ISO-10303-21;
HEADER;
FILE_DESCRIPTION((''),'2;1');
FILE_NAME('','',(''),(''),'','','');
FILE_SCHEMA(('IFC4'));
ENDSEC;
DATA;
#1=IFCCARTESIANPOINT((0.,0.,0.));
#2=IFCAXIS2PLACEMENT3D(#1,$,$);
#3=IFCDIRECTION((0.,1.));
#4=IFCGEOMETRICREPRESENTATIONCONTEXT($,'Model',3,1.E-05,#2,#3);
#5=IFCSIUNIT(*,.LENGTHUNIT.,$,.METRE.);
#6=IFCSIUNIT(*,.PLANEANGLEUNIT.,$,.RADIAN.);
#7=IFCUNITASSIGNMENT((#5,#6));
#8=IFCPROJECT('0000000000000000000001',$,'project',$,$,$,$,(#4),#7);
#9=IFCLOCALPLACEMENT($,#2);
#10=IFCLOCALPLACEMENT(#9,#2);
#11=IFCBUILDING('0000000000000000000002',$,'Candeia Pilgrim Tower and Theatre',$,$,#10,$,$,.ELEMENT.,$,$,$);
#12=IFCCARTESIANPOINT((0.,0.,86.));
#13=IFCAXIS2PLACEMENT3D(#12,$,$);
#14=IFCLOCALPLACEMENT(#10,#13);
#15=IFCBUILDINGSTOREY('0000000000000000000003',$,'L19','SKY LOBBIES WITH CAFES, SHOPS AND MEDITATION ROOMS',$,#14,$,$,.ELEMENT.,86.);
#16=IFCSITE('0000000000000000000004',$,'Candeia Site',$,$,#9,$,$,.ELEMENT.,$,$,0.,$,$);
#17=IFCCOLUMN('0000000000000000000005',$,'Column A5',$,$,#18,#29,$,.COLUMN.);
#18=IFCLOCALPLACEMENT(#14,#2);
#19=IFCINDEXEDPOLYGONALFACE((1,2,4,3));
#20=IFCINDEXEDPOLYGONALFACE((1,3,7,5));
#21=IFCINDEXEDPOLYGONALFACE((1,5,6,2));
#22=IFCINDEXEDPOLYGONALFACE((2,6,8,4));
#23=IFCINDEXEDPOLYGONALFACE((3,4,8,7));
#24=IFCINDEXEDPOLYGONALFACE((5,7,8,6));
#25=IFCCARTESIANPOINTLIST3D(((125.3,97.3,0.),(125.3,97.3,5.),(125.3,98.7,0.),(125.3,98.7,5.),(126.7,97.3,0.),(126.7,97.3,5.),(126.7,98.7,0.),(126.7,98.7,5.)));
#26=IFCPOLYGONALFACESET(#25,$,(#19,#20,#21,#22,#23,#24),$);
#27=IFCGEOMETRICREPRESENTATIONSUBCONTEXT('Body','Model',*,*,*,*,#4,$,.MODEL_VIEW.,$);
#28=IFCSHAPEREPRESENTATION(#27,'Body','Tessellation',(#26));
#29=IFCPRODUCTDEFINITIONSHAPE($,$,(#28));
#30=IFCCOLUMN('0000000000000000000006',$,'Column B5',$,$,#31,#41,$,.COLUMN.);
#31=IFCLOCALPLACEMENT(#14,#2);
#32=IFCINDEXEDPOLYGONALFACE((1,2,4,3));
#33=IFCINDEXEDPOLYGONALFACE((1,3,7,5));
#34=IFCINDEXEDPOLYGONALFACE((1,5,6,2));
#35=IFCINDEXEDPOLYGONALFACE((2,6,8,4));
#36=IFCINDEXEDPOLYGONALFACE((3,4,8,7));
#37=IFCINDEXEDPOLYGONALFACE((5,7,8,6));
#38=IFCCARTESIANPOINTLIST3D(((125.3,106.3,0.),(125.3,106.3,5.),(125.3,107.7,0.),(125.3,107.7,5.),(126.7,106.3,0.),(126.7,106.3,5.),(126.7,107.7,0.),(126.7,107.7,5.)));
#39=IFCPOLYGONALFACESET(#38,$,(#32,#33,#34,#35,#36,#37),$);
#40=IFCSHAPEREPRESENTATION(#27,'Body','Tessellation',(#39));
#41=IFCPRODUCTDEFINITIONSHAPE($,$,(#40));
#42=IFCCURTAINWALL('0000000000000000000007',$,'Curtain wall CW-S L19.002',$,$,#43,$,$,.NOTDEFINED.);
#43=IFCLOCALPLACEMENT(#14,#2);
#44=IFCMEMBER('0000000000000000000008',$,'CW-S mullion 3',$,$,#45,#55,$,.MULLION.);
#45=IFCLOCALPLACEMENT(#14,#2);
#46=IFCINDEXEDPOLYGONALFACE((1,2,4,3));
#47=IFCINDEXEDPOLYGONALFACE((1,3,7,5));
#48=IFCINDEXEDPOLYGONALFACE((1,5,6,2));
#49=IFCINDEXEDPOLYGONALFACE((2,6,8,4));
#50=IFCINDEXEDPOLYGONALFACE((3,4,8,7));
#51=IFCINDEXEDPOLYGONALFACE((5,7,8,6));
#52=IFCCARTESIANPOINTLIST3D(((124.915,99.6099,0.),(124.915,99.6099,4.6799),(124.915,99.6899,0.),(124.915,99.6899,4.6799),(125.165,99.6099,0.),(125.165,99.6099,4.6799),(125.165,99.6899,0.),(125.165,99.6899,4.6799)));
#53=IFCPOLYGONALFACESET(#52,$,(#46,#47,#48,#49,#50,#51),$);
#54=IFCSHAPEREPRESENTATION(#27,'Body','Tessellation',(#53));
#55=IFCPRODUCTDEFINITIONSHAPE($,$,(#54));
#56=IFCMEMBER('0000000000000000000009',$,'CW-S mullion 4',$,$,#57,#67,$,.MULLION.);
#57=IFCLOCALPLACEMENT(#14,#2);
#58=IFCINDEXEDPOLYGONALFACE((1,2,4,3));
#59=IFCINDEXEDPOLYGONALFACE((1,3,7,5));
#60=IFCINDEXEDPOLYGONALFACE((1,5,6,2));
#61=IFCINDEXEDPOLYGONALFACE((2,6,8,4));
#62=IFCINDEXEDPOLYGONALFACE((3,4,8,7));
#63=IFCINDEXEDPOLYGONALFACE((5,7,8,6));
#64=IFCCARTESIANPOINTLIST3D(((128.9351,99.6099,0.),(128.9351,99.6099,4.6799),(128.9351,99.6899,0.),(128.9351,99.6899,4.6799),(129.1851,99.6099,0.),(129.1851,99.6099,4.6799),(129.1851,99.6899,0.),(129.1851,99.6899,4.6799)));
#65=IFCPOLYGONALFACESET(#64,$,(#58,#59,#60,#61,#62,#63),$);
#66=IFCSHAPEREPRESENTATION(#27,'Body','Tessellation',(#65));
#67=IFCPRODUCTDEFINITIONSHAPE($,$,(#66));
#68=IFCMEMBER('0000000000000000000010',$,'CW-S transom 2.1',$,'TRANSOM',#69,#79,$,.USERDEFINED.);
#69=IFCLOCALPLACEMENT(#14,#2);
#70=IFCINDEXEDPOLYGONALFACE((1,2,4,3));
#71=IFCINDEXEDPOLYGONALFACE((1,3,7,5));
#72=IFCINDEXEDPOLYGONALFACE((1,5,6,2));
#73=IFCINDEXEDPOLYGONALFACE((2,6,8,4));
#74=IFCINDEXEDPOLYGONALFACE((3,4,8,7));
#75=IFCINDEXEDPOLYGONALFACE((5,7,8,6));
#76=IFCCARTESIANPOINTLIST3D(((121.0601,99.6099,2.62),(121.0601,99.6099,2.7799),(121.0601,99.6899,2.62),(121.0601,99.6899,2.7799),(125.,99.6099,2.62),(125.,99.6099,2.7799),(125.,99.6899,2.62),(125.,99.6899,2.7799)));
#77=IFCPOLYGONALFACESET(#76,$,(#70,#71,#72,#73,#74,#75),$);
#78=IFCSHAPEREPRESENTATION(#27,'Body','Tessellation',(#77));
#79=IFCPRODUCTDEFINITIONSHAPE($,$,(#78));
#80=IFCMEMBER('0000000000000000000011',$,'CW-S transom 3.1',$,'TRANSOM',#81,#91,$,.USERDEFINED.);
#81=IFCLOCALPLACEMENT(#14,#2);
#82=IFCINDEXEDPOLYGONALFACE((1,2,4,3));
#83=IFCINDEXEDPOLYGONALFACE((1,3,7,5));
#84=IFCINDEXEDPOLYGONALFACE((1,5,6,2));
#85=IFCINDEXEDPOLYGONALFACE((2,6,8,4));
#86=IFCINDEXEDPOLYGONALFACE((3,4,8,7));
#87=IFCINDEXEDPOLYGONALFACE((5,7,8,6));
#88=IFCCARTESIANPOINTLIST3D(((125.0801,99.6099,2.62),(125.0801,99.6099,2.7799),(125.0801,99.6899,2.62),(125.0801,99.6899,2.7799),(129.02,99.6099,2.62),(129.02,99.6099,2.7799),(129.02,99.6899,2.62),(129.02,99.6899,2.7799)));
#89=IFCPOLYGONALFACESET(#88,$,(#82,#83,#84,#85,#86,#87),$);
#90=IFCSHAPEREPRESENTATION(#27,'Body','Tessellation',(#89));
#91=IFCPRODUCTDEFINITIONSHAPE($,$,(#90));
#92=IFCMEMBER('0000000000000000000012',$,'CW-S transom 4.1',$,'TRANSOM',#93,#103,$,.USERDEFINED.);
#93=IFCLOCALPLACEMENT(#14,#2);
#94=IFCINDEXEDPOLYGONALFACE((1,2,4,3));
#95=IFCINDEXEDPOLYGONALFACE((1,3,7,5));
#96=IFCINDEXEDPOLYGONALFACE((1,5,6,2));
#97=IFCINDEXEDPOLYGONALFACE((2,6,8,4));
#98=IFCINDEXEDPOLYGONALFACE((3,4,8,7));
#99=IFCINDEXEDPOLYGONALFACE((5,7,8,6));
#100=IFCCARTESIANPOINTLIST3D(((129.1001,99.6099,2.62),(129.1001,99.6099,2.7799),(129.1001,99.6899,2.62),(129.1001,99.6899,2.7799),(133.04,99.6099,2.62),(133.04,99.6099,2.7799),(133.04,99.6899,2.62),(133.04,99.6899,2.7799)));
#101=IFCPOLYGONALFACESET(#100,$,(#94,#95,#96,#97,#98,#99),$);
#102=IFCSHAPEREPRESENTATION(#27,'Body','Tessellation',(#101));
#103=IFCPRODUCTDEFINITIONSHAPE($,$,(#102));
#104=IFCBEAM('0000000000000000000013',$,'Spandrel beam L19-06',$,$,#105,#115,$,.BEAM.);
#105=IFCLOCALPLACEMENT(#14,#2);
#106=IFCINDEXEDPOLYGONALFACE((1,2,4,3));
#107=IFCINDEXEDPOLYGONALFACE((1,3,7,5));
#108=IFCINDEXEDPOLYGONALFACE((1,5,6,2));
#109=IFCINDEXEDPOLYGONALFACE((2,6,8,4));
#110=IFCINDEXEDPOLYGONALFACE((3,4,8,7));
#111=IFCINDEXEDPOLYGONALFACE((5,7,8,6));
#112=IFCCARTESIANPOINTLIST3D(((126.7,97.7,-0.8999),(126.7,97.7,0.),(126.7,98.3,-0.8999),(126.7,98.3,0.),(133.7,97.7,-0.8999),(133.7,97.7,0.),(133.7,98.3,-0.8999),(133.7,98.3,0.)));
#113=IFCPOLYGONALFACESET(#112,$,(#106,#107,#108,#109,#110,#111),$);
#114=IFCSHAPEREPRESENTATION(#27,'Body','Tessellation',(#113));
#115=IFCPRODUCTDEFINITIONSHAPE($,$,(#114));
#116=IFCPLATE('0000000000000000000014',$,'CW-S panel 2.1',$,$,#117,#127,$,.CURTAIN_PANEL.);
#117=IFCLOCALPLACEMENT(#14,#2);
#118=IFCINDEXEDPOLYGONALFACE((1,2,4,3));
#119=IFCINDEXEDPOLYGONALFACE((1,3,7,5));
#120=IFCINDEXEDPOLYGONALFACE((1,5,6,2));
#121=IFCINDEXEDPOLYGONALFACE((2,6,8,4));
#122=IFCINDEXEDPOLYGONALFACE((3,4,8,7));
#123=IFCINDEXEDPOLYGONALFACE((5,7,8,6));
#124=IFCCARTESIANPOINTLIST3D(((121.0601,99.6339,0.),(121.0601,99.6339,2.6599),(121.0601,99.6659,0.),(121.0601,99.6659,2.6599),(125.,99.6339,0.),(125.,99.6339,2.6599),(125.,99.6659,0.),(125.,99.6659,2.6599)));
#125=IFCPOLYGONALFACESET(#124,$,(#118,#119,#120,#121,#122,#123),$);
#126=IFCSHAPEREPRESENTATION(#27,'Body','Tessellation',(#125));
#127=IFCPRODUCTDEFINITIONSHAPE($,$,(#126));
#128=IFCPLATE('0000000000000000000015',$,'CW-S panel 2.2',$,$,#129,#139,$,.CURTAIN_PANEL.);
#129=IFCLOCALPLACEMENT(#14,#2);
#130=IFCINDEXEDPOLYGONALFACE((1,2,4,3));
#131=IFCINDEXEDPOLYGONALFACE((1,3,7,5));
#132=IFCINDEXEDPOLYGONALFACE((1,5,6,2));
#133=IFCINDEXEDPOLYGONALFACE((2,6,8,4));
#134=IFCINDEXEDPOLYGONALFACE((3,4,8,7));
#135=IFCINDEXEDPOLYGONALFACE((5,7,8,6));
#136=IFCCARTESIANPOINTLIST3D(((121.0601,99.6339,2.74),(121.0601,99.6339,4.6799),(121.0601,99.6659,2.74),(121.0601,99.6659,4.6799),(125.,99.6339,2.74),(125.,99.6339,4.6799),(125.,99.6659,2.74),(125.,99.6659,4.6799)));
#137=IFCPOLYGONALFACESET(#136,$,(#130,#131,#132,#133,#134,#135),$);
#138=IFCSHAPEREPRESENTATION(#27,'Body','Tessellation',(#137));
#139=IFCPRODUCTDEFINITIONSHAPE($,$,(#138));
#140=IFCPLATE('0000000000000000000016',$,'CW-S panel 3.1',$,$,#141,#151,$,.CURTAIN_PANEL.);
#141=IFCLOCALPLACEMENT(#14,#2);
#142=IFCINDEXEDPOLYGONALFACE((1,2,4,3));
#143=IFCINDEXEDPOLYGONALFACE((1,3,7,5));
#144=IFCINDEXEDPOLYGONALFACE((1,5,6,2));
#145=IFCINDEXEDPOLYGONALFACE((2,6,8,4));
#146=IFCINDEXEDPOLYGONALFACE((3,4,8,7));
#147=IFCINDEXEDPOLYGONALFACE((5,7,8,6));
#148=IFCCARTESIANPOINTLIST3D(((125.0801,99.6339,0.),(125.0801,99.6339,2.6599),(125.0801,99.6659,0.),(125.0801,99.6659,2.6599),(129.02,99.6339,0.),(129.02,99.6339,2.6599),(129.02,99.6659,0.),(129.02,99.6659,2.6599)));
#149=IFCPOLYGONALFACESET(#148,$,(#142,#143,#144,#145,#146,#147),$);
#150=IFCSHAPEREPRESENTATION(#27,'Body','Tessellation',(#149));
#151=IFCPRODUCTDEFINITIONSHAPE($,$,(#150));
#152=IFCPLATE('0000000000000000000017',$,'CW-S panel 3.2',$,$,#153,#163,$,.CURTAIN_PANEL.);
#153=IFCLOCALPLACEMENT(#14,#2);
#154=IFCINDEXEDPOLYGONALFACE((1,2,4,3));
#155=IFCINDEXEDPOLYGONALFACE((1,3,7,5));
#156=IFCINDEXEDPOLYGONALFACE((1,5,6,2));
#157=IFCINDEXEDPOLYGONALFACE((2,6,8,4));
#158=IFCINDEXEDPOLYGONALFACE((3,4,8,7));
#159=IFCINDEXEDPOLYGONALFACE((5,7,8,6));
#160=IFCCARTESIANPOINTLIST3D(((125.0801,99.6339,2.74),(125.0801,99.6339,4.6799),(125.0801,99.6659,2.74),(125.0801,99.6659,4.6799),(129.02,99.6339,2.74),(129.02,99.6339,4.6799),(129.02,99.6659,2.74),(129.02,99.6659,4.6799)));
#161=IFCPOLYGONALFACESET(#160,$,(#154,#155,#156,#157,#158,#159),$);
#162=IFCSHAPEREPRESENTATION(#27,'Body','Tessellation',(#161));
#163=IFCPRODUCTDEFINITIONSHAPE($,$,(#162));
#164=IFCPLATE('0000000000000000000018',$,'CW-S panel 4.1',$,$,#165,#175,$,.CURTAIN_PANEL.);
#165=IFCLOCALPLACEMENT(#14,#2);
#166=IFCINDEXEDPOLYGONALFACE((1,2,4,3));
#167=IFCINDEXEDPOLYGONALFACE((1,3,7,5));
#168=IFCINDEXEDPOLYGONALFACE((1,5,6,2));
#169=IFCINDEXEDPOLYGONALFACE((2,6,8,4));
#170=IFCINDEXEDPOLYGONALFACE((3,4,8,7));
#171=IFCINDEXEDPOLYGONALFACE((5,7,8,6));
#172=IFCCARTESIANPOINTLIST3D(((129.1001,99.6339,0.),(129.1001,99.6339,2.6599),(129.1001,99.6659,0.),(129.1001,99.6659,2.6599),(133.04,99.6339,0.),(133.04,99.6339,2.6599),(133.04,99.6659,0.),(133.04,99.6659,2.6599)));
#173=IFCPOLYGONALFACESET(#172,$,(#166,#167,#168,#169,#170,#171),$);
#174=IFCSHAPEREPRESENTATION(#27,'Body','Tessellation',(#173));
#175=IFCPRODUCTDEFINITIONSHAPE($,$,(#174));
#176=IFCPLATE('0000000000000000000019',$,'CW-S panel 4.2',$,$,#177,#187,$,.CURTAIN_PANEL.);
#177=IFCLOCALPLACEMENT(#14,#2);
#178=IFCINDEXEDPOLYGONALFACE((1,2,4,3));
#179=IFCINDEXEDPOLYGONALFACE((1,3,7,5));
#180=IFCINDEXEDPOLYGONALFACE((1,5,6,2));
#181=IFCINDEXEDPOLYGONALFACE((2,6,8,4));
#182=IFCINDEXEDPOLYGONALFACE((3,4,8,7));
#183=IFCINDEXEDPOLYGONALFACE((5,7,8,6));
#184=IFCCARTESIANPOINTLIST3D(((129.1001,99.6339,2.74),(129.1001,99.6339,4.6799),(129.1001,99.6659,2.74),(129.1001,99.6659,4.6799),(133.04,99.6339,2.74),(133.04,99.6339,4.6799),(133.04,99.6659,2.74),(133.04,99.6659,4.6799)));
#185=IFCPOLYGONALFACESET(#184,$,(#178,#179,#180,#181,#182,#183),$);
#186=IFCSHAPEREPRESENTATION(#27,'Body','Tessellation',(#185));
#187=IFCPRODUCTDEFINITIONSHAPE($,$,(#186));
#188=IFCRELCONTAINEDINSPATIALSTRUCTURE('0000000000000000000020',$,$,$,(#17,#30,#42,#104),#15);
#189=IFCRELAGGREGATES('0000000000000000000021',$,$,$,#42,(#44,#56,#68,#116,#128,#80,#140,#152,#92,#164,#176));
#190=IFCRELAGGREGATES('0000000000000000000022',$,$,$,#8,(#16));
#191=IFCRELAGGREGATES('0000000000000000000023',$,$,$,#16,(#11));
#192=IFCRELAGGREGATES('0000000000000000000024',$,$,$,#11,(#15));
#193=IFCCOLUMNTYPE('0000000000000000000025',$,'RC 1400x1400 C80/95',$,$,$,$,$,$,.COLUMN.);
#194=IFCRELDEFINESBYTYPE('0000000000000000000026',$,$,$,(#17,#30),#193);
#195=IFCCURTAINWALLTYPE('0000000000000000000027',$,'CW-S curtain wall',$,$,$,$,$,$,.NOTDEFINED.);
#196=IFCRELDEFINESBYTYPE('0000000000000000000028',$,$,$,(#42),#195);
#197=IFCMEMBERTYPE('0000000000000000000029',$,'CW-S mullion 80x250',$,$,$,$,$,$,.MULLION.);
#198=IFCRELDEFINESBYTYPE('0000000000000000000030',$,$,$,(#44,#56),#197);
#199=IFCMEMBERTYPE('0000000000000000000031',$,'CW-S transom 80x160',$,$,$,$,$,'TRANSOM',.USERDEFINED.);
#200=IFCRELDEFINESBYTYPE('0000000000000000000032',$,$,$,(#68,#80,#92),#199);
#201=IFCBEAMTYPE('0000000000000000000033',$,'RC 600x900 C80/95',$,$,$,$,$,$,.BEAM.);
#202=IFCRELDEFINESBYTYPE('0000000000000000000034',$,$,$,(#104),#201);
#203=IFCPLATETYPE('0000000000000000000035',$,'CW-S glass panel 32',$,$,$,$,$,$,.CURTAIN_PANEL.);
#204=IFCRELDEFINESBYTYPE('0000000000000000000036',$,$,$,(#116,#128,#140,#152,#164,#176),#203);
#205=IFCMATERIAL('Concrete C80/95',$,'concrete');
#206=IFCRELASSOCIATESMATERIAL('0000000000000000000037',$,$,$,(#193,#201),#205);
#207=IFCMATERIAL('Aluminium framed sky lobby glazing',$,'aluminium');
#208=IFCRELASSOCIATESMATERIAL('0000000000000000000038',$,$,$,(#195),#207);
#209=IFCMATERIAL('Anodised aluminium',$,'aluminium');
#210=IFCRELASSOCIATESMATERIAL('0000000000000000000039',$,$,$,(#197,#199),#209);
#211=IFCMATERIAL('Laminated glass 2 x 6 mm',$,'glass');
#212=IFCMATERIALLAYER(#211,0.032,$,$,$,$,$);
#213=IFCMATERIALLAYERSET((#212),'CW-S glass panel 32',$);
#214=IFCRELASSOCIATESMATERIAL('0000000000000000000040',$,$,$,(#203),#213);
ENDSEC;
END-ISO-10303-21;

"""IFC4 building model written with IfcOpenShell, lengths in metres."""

from ifc_helpers import new_model, si_unit, direction, frame, origin, origin_2d, place, context, subcontext, project, spatial, rectangle, extrude, material, layer, layer_set, material_profile, profile_set, type_object, element, aggregate, save


model = new_model("IFC4")

# Units and contexts
model_context = context("Model", 3, precision=1e-05, world=origin(), true_north=direction((0.0, 1.0)))
body_context = subcontext(model_context, "Body", "Model", "MODEL_VIEW")
ifc_project = project(units=[si_unit("LENGTHUNIT", "METRE"), si_unit("PLANEANGLEUNIT", "RADIAN")], contexts=[model_context])

# Site, building, storey
site_placement = place(None, origin())
site = spatial("IfcSite", under=ifc_project, at=site_placement, Name="Candeia Site", CompositionType="ELEMENT", RefElevation=0.0)
building_placement = place(site_placement, origin())
building = spatial("IfcBuilding", under=site, at=building_placement, Name="Candeia Pilgrim Tower and Theatre", CompositionType="ELEMENT")
storey_placement = place(building_placement, frame((0.0, 0.0, 86.0)))
storey = spatial("IfcBuildingStorey", under=building, at=storey_placement, Name="L19", Description="SKY LOBBIES WITH CAFES, SHOPS AND MEDITATION ROOMS", CompositionType="ELEMENT", Elevation=86.0)

# Columns
ifc_material_1 = material(Name="Concrete C80/95", Category="concrete")
ifc_material_profile_1 = material_profile(ifc_material_1, rectangle(XDim=1.3999, YDim=1.3999, at=origin_2d()))
ifc_profile_set_1 = profile_set([ifc_material_profile_1], Name="Concrete C80/95")
column_type = type_object("IfcColumnType", Name="RC 1400x1400 C80/95", PredefinedType="COLUMN", material=ifc_profile_set_1)
for number, where, z_axis, x_axis, name in (
    (1, (126.0, 98.0, 0.0), (0.0, 0.0, 1.0), (1.0, 0.0, 0.0), "Column A5"),
    (2, (126.0, 107.0, 0.0), (0.0, 0.0, 1.0), (1.0, 0.0, 0.0), "Column B5"),
):
    element("IfcColumn", number, at=place(storey_placement, frame(where, z_axis=z_axis, x_axis=x_axis)), inside=storey, type_object=column_type, Name=name, PredefinedType="COLUMN", context=body_context, shape_type="SweptSolid", body=[
        extrude(rectangle(XDim=1.3999, YDim=1.3999, at=origin_2d()), origin(), (0.0, 0.0, 1.0), 5.0),
    ])

# Curtain wall, members
ifc_material_2 = material(Name="Aluminium framed sky lobby glazing", Category="aluminium")
curtain_wall_type = type_object("IfcCurtainWallType", Name="CW-S curtain wall", PredefinedType="NOTDEFINED", material=ifc_material_2)
curtain_wall_placement = place(storey_placement, origin())
curtain_wall = element("IfcCurtainWall", 3, at=curtain_wall_placement, inside=storey, type_object=curtain_wall_type, Name="Curtain wall CW-S L19.002", PredefinedType="NOTDEFINED")
ifc_material_3 = material(Name="Anodised aluminium", Category="aluminium")
ifc_material_profile_2 = material_profile(ifc_material_3, rectangle(XDim=0.0801, YDim=0.25, at=origin_2d()))
ifc_profile_set_2 = profile_set([ifc_material_profile_2], Name="Anodised aluminium")
member_type_1 = type_object("IfcMemberType", Name="CW-S mullion 80x250", PredefinedType="MULLION", material=ifc_profile_set_2)
member_1_placement = place(storey_placement, frame((125.04, 99.6499, 0.0), z_axis=(0.0, 0.0, 1.0), x_axis=(0.0, 1.0, 0.0)))
member_1 = element("IfcMember", 4, at=member_1_placement, type_object=member_type_1, Name="CW-S mullion 3", PredefinedType="MULLION", context=body_context, shape_type="SweptSolid", body=[
    extrude(rectangle(XDim=0.0801, YDim=0.25, at=origin_2d()), origin(), (0.0, 0.0, 1.0), 4.6799),
])
member_2_placement = place(storey_placement, frame((129.0601, 99.6499, 0.0), z_axis=(0.0, 0.0, 1.0), x_axis=(0.0, 1.0, 0.0)))
member_2 = element("IfcMember", 5, at=member_2_placement, type_object=member_type_1, Name="CW-S mullion 4", PredefinedType="MULLION", context=body_context, shape_type="SweptSolid", body=[
    extrude(rectangle(XDim=0.0801, YDim=0.25, at=origin_2d()), origin(), (0.0, 0.0, 1.0), 4.6799),
])
ifc_material_profile_3 = material_profile(ifc_material_3, rectangle(XDim=0.0801, YDim=0.1599, at=origin_2d()))
ifc_profile_set_3 = profile_set([ifc_material_profile_3], Name="Anodised aluminium")
member_type_2 = type_object("IfcMemberType", Name="CW-S transom 80x160", ElementType="TRANSOM", PredefinedType="USERDEFINED", material=ifc_profile_set_3)
member_3_placement = place(storey_placement, frame((121.0601, 99.6499, 2.7), z_axis=(1.0, 0.0, 0.0), x_axis=(0.0, 1.0, 0.0)))
member_3 = element("IfcMember", 6, at=member_3_placement, type_object=member_type_2, Name="CW-S transom 2.1", ObjectType="TRANSOM", PredefinedType="USERDEFINED", context=body_context, shape_type="SweptSolid", body=[
    extrude(rectangle(XDim=0.0801, YDim=0.1599, at=origin_2d()), origin(), (0.0, 0.0, 1.0), 3.9399),
])
member_4_placement = place(storey_placement, frame((125.0801, 99.6499, 2.7), z_axis=(1.0, 0.0, 0.0), x_axis=(0.0, 1.0, 0.0)))
member_4 = element("IfcMember", 7, at=member_4_placement, type_object=member_type_2, Name="CW-S transom 3.1", ObjectType="TRANSOM", PredefinedType="USERDEFINED", context=body_context, shape_type="SweptSolid", body=[
    extrude(rectangle(XDim=0.0801, YDim=0.1599, at=origin_2d()), origin(), (0.0, 0.0, 1.0), 3.9399),
])
member_5_placement = place(storey_placement, frame((129.1001, 99.6499, 2.7), z_axis=(1.0, 0.0, 0.0), x_axis=(0.0, 1.0, 0.0)))
member_5 = element("IfcMember", 8, at=member_5_placement, type_object=member_type_2, Name="CW-S transom 4.1", ObjectType="TRANSOM", PredefinedType="USERDEFINED", context=body_context, shape_type="SweptSolid", body=[
    extrude(rectangle(XDim=0.0801, YDim=0.1599, at=origin_2d()), origin(), (0.0, 0.0, 1.0), 3.9399),
])

# Beam
ifc_material_profile_4 = material_profile(ifc_material_1, rectangle(XDim=0.6001, YDim=0.8999, at=origin_2d()))
ifc_profile_set_4 = profile_set([ifc_material_profile_4], Name="Concrete C80/95")
beam_type = type_object("IfcBeamType", Name="RC 600x900 C80/95", PredefinedType="BEAM", material=ifc_profile_set_4)
beam_placement = place(storey_placement, frame((126.7, 98.0, -0.45), z_axis=(1.0, 0.0, 0.0), x_axis=(0.0, 1.0, 0.0)))
element("IfcBeam", 9, at=beam_placement, inside=storey, type_object=beam_type, Name="Spandrel beam L19-06", PredefinedType="BEAM", context=body_context, shape_type="SweptSolid", body=[
    extrude(rectangle(XDim=0.6001, YDim=0.8999, at=origin_2d()), origin(), (0.0, 0.0, 1.0), 7.0),
])

# Plates
ifc_material_4 = material(Name="Laminated glass 2 x 6 mm", Category="glass")
ifc_layer_1 = layer(ifc_material_4, 0.032)
ifc_layer_set_1 = layer_set([ifc_layer_1], Name="CW-S glass panel 32")
plate_type = type_object("IfcPlateType", Name="CW-S glass panel 32", PredefinedType="CURTAIN_PANEL", material=ifc_layer_set_1)
plate_1_placement = place(storey_placement, frame((123.03, 99.6499, 0.0), z_axis=(0.0, 0.0, 1.0), x_axis=(1.0, 0.0, 0.0)))
plate_1 = element("IfcPlate", 10, at=plate_1_placement, type_object=plate_type, Name="CW-S panel 2.1", PredefinedType="CURTAIN_PANEL", context=body_context, shape_type="SweptSolid", body=[
    extrude(rectangle(XDim=3.9399, YDim=0.032, at=origin_2d()), origin(), (0.0, 0.0, 1.0), 2.6599),
])
plate_2_placement = place(storey_placement, frame((123.03, 99.6499, 2.74), z_axis=(0.0, 0.0, 1.0), x_axis=(1.0, 0.0, 0.0)))
plate_2 = element("IfcPlate", 11, at=plate_2_placement, type_object=plate_type, Name="CW-S panel 2.2", PredefinedType="CURTAIN_PANEL", context=body_context, shape_type="SweptSolid", body=[
    extrude(rectangle(XDim=3.9399, YDim=0.032, at=origin_2d()), origin(), (0.0, 0.0, 1.0), 1.9399),
])
plate_3_placement = place(storey_placement, frame((127.05, 99.6499, 0.0), z_axis=(0.0, 0.0, 1.0), x_axis=(1.0, 0.0, 0.0)))
plate_3 = element("IfcPlate", 12, at=plate_3_placement, type_object=plate_type, Name="CW-S panel 3.1", PredefinedType="CURTAIN_PANEL", context=body_context, shape_type="SweptSolid", body=[
    extrude(rectangle(XDim=3.9399, YDim=0.032, at=origin_2d()), origin(), (0.0, 0.0, 1.0), 2.6599),
])
plate_4_placement = place(storey_placement, frame((127.05, 99.6499, 2.74), z_axis=(0.0, 0.0, 1.0), x_axis=(1.0, 0.0, 0.0)))
plate_4 = element("IfcPlate", 13, at=plate_4_placement, type_object=plate_type, Name="CW-S panel 3.2", PredefinedType="CURTAIN_PANEL", context=body_context, shape_type="SweptSolid", body=[
    extrude(rectangle(XDim=3.9399, YDim=0.032, at=origin_2d()), origin(), (0.0, 0.0, 1.0), 1.9399),
])
plate_5_placement = place(storey_placement, frame((131.0701, 99.6499, 0.0), z_axis=(0.0, 0.0, 1.0), x_axis=(1.0, 0.0, 0.0)))
plate_5 = element("IfcPlate", 14, at=plate_5_placement, type_object=plate_type, Name="CW-S panel 4.1", PredefinedType="CURTAIN_PANEL", context=body_context, shape_type="SweptSolid", body=[
    extrude(rectangle(XDim=3.9399, YDim=0.032, at=origin_2d()), origin(), (0.0, 0.0, 1.0), 2.6599),
])
plate_6_placement = place(storey_placement, frame((131.0701, 99.6499, 2.74), z_axis=(0.0, 0.0, 1.0), x_axis=(1.0, 0.0, 0.0)))
plate_6 = element("IfcPlate", 15, at=plate_6_placement, type_object=plate_type, Name="CW-S panel 4.2", PredefinedType="CURTAIN_PANEL", context=body_context, shape_type="SweptSolid", body=[
    extrude(rectangle(XDim=3.9399, YDim=0.032, at=origin_2d()), origin(), (0.0, 0.0, 1.0), 1.9399),
])
aggregate(curtain_wall, [member_1, member_2, member_3, plate_1, plate_2, member_4, plate_3, plate_4, member_5, plate_5, plate_6])

save(model, "model.ifc")
